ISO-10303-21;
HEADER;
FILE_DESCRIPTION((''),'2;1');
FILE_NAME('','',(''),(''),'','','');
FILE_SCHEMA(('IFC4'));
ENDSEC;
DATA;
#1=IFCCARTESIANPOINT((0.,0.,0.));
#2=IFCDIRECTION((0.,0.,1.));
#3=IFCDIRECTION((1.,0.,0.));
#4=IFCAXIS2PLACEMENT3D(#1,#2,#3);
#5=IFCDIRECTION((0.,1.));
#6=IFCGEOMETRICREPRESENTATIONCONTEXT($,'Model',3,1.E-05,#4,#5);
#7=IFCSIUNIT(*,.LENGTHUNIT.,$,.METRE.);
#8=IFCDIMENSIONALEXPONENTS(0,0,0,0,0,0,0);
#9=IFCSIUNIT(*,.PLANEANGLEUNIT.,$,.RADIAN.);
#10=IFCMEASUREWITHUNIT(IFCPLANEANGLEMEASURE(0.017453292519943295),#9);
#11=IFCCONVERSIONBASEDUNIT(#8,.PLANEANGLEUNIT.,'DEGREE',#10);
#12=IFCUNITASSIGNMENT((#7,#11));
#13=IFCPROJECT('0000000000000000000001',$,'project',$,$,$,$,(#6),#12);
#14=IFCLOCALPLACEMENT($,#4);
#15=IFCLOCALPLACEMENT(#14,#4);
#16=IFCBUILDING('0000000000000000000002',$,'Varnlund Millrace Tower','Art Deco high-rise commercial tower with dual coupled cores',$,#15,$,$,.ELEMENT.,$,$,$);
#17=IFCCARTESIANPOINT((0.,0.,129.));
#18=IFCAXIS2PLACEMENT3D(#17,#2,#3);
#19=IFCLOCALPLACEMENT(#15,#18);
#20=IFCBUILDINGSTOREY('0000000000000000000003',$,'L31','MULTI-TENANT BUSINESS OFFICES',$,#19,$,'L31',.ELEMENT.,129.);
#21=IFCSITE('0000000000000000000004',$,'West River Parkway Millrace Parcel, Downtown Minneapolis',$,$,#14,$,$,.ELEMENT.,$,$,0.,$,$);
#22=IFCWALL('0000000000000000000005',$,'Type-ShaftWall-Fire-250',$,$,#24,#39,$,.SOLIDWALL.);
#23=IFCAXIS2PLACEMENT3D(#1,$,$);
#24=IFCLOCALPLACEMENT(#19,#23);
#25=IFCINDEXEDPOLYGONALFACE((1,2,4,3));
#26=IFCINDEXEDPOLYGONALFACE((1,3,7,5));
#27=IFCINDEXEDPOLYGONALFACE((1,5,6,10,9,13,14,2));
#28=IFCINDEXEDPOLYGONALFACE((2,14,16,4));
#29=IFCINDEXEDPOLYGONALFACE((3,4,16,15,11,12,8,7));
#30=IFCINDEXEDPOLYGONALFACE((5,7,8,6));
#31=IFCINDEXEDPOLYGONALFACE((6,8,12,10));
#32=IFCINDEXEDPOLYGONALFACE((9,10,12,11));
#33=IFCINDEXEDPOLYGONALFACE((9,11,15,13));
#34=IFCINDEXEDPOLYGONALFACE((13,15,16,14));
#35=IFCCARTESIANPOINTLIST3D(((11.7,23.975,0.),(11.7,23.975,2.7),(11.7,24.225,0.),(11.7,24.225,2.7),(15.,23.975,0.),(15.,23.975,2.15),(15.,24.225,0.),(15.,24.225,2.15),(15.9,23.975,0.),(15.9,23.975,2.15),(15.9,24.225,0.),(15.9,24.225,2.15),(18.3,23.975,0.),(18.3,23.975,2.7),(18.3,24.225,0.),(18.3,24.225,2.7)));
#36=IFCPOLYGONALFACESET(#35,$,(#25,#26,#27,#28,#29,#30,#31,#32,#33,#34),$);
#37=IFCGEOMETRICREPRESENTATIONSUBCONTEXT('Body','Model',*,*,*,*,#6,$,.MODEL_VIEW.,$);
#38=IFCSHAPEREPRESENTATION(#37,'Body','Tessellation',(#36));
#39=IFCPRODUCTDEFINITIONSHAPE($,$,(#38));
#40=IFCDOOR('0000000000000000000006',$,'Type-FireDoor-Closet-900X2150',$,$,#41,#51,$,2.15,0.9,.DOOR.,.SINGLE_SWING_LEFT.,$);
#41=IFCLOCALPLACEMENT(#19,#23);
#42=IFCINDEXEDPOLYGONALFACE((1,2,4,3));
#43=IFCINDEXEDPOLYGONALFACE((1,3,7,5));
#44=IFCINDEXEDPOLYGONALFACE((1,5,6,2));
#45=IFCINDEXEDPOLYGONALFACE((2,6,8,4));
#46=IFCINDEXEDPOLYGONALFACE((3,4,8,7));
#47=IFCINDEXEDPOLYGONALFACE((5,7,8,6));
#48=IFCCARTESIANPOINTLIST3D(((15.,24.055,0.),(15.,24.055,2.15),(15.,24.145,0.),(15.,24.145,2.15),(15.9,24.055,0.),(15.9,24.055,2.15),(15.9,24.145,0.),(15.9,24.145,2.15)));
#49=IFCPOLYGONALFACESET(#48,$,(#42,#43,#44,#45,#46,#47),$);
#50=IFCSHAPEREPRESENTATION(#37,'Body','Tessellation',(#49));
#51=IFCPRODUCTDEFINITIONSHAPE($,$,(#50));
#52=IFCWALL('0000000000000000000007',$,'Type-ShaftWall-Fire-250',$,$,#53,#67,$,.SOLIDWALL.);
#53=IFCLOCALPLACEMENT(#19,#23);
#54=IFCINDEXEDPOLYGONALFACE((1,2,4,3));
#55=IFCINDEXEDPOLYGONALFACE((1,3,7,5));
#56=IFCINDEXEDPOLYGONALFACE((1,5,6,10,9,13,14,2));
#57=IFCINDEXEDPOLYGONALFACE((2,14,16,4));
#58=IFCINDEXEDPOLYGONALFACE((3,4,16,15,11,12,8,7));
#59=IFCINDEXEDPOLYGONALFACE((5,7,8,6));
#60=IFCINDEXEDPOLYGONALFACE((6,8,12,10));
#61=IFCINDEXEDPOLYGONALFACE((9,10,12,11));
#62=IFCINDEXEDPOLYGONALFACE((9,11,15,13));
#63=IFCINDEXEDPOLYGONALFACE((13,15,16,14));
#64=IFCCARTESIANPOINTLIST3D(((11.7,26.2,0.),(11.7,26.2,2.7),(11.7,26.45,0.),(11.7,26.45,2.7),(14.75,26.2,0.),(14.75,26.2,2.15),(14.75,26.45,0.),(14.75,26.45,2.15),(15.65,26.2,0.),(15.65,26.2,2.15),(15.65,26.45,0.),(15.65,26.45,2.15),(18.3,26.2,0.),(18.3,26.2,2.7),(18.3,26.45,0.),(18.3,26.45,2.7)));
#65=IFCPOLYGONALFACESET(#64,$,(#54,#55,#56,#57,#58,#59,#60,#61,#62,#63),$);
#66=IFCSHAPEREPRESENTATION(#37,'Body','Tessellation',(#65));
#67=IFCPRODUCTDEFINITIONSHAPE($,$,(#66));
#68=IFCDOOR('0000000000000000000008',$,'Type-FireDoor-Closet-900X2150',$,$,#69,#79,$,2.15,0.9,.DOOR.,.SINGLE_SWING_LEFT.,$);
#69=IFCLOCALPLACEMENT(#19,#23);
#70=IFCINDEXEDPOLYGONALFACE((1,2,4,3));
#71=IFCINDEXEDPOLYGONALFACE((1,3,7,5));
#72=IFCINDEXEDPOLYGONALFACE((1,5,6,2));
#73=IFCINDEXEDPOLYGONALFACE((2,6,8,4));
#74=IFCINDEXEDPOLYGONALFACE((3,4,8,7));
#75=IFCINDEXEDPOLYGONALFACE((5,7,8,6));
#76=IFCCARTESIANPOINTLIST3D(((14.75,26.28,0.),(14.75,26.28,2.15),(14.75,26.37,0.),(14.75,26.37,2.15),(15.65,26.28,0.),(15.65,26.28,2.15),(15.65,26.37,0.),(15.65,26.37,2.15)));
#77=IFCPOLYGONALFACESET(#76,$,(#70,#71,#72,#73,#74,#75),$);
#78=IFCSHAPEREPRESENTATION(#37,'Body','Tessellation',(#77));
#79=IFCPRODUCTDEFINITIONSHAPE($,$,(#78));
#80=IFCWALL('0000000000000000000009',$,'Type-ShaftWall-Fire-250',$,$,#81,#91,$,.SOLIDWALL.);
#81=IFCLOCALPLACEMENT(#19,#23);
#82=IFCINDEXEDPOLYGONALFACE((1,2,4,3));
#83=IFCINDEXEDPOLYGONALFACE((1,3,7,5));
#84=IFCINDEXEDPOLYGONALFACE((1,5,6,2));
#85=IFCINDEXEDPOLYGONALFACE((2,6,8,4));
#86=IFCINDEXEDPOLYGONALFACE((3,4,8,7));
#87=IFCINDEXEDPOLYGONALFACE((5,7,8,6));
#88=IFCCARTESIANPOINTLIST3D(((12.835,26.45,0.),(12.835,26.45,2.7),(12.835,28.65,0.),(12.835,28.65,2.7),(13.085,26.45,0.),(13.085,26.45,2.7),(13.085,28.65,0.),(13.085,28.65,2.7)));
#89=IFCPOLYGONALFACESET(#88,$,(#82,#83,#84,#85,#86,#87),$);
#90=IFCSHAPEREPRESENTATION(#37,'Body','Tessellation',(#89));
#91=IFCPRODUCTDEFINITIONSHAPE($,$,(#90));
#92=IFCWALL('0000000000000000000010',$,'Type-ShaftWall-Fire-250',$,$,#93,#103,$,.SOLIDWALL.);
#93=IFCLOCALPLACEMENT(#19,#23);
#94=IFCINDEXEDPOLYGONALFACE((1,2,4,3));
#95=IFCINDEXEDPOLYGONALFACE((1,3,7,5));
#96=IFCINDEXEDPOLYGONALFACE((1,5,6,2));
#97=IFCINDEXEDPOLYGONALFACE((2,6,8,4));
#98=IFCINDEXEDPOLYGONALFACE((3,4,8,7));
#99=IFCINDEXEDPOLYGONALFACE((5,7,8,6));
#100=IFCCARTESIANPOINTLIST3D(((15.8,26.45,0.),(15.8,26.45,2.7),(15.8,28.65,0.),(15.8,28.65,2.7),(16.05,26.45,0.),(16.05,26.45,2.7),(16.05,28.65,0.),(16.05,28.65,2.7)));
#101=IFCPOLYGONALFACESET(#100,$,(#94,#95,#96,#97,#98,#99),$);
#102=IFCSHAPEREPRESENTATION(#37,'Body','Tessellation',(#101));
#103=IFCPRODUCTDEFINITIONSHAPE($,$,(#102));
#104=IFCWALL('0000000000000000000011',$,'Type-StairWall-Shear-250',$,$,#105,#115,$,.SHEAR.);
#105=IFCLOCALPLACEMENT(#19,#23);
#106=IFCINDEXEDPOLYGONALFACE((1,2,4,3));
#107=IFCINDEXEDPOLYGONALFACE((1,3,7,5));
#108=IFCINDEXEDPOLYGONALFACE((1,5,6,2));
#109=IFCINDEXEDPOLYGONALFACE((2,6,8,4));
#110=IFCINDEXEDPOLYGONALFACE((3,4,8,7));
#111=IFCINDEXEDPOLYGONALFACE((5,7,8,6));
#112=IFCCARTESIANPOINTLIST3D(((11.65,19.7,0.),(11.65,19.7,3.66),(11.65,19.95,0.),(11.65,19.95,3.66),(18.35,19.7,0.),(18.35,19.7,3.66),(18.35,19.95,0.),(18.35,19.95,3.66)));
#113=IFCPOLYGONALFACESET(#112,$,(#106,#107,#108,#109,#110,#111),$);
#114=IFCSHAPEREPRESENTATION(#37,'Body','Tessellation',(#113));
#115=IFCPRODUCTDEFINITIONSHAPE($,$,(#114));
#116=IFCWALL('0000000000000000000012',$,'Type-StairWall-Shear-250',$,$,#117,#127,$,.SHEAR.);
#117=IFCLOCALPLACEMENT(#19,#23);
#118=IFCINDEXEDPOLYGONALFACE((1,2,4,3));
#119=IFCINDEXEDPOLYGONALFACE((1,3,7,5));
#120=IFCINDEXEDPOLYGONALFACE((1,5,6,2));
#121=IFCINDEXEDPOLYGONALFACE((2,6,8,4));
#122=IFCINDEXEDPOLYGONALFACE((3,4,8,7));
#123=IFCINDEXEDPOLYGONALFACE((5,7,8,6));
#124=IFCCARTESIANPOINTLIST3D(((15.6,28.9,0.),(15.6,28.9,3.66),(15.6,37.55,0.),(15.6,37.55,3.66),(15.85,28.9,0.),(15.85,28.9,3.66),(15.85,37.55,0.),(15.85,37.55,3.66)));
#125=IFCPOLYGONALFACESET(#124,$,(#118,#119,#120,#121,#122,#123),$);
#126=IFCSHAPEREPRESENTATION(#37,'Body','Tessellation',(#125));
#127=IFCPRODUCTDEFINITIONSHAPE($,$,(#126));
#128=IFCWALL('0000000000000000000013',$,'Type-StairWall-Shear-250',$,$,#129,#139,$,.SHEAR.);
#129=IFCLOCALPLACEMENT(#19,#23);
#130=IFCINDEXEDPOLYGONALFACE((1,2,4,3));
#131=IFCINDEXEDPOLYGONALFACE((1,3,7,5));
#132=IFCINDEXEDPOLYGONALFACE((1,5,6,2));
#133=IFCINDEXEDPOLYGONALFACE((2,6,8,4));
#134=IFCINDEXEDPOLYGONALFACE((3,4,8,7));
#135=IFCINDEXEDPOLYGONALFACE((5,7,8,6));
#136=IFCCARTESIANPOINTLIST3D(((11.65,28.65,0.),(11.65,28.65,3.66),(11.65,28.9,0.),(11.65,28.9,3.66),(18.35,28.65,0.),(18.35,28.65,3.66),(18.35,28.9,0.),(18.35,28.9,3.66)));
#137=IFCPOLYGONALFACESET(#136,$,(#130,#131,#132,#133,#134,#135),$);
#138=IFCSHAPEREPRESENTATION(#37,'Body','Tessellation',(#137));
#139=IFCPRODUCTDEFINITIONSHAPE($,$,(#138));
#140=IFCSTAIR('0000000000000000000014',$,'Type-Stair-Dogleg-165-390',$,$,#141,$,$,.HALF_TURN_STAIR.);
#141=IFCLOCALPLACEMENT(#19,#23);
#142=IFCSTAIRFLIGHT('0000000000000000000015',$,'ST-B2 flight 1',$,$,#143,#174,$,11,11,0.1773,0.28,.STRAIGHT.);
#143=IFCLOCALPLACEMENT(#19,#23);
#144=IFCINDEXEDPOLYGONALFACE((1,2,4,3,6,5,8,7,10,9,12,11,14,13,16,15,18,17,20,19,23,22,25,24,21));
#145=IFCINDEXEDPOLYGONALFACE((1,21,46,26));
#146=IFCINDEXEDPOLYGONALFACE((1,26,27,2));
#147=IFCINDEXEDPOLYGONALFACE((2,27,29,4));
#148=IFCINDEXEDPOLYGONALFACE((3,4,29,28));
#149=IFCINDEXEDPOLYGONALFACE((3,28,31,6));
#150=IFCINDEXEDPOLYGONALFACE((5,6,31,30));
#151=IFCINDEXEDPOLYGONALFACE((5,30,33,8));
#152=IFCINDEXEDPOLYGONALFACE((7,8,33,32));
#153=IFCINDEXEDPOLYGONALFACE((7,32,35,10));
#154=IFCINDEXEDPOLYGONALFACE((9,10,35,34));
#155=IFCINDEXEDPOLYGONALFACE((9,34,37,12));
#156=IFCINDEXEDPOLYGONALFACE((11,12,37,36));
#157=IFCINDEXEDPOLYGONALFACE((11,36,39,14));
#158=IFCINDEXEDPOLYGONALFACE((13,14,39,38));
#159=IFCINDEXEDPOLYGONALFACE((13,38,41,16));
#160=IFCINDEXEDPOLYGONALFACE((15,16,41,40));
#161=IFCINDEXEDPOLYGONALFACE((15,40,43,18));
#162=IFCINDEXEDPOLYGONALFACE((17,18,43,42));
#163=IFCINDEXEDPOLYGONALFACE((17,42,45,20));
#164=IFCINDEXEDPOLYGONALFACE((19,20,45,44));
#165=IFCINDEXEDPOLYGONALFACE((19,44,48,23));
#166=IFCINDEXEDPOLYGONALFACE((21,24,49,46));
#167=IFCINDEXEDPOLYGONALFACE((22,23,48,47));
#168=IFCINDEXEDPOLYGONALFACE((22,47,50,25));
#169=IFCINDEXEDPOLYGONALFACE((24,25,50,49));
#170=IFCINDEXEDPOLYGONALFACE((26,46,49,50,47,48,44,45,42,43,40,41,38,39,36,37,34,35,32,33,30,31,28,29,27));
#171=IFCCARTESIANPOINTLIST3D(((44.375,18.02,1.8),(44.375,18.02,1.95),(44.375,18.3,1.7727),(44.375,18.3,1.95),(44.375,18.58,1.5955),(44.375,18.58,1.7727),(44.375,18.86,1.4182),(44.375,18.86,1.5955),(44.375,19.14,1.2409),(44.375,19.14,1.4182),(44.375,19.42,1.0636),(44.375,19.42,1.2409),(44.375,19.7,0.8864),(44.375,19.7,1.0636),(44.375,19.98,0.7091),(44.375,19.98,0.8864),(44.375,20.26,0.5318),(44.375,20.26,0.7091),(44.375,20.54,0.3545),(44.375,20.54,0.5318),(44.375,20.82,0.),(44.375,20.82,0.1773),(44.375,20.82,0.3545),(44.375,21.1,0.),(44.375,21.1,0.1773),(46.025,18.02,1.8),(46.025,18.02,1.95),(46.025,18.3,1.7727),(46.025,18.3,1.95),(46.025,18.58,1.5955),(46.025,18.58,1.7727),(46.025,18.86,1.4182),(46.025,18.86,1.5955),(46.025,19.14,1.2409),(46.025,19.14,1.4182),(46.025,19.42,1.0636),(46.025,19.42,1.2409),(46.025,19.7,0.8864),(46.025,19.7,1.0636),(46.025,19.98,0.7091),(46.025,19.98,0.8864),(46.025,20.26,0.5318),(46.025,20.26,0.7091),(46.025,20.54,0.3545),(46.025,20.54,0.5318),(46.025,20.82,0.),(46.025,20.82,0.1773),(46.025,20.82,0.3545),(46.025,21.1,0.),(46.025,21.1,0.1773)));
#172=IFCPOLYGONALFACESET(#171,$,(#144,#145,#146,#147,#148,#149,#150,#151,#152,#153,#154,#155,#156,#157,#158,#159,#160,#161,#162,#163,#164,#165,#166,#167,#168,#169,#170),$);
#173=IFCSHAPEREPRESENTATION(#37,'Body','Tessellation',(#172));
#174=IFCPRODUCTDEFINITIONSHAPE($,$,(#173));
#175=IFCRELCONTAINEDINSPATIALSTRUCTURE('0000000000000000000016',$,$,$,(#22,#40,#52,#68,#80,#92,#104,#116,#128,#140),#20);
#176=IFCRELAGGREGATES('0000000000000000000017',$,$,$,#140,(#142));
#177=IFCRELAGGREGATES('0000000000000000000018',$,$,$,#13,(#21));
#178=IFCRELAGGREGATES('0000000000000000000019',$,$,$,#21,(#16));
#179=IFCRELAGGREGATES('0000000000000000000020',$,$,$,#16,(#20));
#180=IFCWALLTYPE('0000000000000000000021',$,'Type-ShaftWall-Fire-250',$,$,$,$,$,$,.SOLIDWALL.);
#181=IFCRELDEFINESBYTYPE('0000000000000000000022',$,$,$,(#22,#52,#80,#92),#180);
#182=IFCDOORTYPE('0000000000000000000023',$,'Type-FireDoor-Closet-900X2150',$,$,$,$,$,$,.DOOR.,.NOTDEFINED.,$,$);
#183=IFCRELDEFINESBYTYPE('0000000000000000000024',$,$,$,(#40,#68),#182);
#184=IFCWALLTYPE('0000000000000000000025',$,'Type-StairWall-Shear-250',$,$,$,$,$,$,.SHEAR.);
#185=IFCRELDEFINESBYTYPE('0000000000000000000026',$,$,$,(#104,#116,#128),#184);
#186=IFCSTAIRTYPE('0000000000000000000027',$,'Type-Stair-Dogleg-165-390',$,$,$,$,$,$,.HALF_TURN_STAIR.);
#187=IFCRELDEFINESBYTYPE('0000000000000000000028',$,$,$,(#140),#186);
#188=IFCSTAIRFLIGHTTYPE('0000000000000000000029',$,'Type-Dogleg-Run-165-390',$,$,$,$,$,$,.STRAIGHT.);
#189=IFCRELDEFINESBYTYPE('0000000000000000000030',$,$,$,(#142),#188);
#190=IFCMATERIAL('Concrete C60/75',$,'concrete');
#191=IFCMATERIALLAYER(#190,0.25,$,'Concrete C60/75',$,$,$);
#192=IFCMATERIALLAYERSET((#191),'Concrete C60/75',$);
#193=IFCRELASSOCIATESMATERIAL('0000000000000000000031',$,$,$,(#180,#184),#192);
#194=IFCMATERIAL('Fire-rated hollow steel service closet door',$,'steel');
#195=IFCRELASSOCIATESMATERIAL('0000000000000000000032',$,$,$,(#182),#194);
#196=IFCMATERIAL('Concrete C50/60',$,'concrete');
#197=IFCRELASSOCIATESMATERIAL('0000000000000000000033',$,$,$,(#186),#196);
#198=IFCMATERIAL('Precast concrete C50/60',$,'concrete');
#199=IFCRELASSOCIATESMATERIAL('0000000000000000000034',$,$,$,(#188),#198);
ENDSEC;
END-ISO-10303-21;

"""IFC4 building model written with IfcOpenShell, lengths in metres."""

from ifc_helpers import new_model, entity, si_unit, converted_unit, direction, frame, origin_with_axes, origin_2d_with_axis, place, context, subcontext, project, spatial, polyline, rectangle, outline, extrude, material, layer, layer_set, type_object, element, fill, aggregate, save


model = new_model("IFC4")

# Units and contexts
model_context = context("Model", 3, precision=1e-05, world=origin_with_axes(), true_north=direction((0.0, 1.0)))
body_context = subcontext(model_context, "Body", "Model", "MODEL_VIEW")
ifc_project = project(units=[si_unit("LENGTHUNIT", "METRE"), converted_unit("PLANEANGLEUNIT", "DEGREE", entity("IfcPlaneAngleMeasure", 0.017453292519943295), si_unit("PLANEANGLEUNIT", "RADIAN"), dimensions=[0, 0, 0, 0, 0, 0, 0])], contexts=[model_context])

# Site, building, storey
site_placement = place(None, origin_with_axes())
site = spatial("IfcSite", under=ifc_project, at=site_placement, Name="West River Parkway Millrace Parcel, Downtown Minneapolis", CompositionType="ELEMENT", RefElevation=0.0)
building_placement = place(site_placement, origin_with_axes())
building = spatial("IfcBuilding", under=site, at=building_placement, Name="Varnlund Millrace Tower", Description="Art Deco high-rise commercial tower with dual coupled cores", CompositionType="ELEMENT")
storey_placement = place(building_placement, frame((0.0, 0.0, 129.0), z_axis=(0.0, 0.0, 1.0), x_axis=(1.0, 0.0, 0.0)))
storey = spatial("IfcBuildingStorey", under=building, at=storey_placement, Name="L31", Description="MULTI-TENANT BUSINESS OFFICES", LongName="L31", CompositionType="ELEMENT", Elevation=129.0)

# Shared definitions
ifc_material_1 = material(Name="Concrete C60/75", Category="concrete")
ifc_layer_1 = layer(ifc_material_1, 0.25, Name="Concrete C60/75")
ifc_layer_set_1 = layer_set([ifc_layer_1], Name="Concrete C60/75")
wall_type_1 = type_object("IfcWallType", Name="Type-ShaftWall-Fire-250", PredefinedType="SOLIDWALL", material=ifc_layer_set_1)

# Walls, openings, doors
wall_1_placement = place(storey_placement, frame((11.7, 24.1, 0.0), z_axis=(0.0, 0.0, 1.0), x_axis=(1.0, 0.0, 0.0)))
wall_1 = element("IfcWall", 1, at=wall_1_placement, inside=storey, type_object=wall_type_1, Name="Type-ShaftWall-Fire-250", PredefinedType="SOLIDWALL", context=body_context, shape_type="SweptSolid", body=[
    extrude(outline(polyline([(0.0, -0.125), (6.6, -0.125), (6.6, 0.125), (0.0, 0.125), (0.0, -0.125)])), origin_with_axes(), (0.0, 0.0, 1.0), 2.7),
])
opening_1_placement = place(wall_1_placement, frame((3.75, 0.0, 0.0), z_axis=(0.0, 0.0, 1.0), x_axis=(1.0, 0.0, 0.0)))
opening_1 = element("IfcOpeningElement", 2, at=opening_1_placement, cuts=wall_1, PredefinedType="OPENING", context=body_context, shape_type="SweptSolid", body=[
    extrude(rectangle(XDim=0.9, YDim=0.27, at=origin_2d_with_axis()), origin_with_axes(), (0.0, 0.0, 1.0), 2.15),
])
ifc_material_2 = material(Name="Fire-rated hollow steel service closet door", Category="steel")
door_type_1 = type_object("IfcDoorType", Name="Type-FireDoor-Closet-900X2150", OperationType="NOTDEFINED", PredefinedType="DOOR", material=ifc_material_2)
door_1_placement = place(wall_1_placement, frame((3.75, 0.0, 0.0), z_axis=(0.0, 0.0, 1.0), x_axis=(1.0, 0.0, 0.0)))
door_1 = element("IfcDoor", 3, at=door_1_placement, inside=storey, type_object=door_type_1, Name="Type-FireDoor-Closet-900X2150", OperationType="SINGLE_SWING_LEFT", OverallHeight=2.15, OverallWidth=0.9, PredefinedType="DOOR", context=body_context, shape_type="SweptSolid", body=[
    extrude(rectangle(XDim=0.9, YDim=0.09, at=origin_2d_with_axis()), origin_with_axes(), (0.0, 0.0, 1.0), 2.15),
])
fill(opening_1, door_1)
wall_2_placement = place(storey_placement, frame((11.7, 26.325, 0.0), z_axis=(0.0, 0.0, 1.0), x_axis=(1.0, 0.0, 0.0)))
wall_2 = element("IfcWall", 4, at=wall_2_placement, inside=storey, type_object=wall_type_1, Name="Type-ShaftWall-Fire-250", PredefinedType="SOLIDWALL", context=body_context, shape_type="SweptSolid", body=[
    extrude(outline(polyline([(0.0, -0.125), (6.6, -0.125), (6.6, 0.125), (0.0, 0.125), (0.0, -0.125)])), origin_with_axes(), (0.0, 0.0, 1.0), 2.7),
])
opening_2_placement = place(wall_2_placement, frame((3.5, 0.0, 0.0), z_axis=(0.0, 0.0, 1.0), x_axis=(1.0, 0.0, 0.0)))
opening_2 = element("IfcOpeningElement", 5, at=opening_2_placement, cuts=wall_2, PredefinedType="OPENING", context=body_context, shape_type="SweptSolid", body=[
    extrude(rectangle(XDim=0.9, YDim=0.27, at=origin_2d_with_axis()), origin_with_axes(), (0.0, 0.0, 1.0), 2.15),
])
door_2_placement = place(wall_2_placement, frame((3.5, 0.0, 0.0), z_axis=(0.0, 0.0, 1.0), x_axis=(1.0, 0.0, 0.0)))
door_2 = element("IfcDoor", 6, at=door_2_placement, inside=storey, type_object=door_type_1, Name="Type-FireDoor-Closet-900X2150", OperationType="SINGLE_SWING_LEFT", OverallHeight=2.15, OverallWidth=0.9, PredefinedType="DOOR", context=body_context, shape_type="SweptSolid", body=[
    extrude(rectangle(XDim=0.9, YDim=0.09, at=origin_2d_with_axis()), origin_with_axes(), (0.0, 0.0, 1.0), 2.15),
])
fill(opening_2, door_2)

# Walls
for number, where, z_axis, x_axis, name in (
    (7, (12.96, 26.45, 0.0), (0.0, 0.0, 1.0), (0.0, 1.0, 0.0), "Type-ShaftWall-Fire-250"),
    (8, (15.925, 26.45, 0.0), (0.0, 0.0, 1.0), (0.0, 1.0, 0.0), "Type-ShaftWall-Fire-250"),
):
    element("IfcWall", number, at=place(storey_placement, frame(where, z_axis=z_axis, x_axis=x_axis)), inside=storey, type_object=wall_type_1, Name=name, PredefinedType="SOLIDWALL", context=body_context, shape_type="SweptSolid", body=[
        extrude(outline(polyline([(0.0, -0.125), (2.2, -0.125), (2.2, 0.125), (0.0, 0.125), (0.0, -0.125)])), origin_with_axes(), (0.0, 0.0, 1.0), 2.7),
    ])
wall_type_2 = type_object("IfcWallType", Name="Type-StairWall-Shear-250", PredefinedType="SHEAR", material=ifc_layer_set_1)
wall_3_placement = place(storey_placement, frame((11.65, 19.825, 0.0), z_axis=(0.0, 0.0, 1.0), x_axis=(1.0, 0.0, 0.0)))
element("IfcWall", 9, at=wall_3_placement, inside=storey, type_object=wall_type_2, Name="Type-StairWall-Shear-250", PredefinedType="SHEAR", context=body_context, shape_type="SweptSolid", body=[
    extrude(outline(polyline([(0.0, -0.125), (6.7, -0.125), (6.7, 0.125), (0.0, 0.125), (0.0, -0.125)])), origin_with_axes(), (0.0, 0.0, 1.0), 3.66),
])
wall_4_placement = place(storey_placement, frame((15.725, 28.9, 0.0), z_axis=(0.0, 0.0, 1.0), x_axis=(0.0, 1.0, 0.0)))
element("IfcWall", 10, at=wall_4_placement, inside=storey, type_object=wall_type_2, Name="Type-StairWall-Shear-250", PredefinedType="SHEAR", context=body_context, shape_type="SweptSolid", body=[
    extrude(outline(polyline([(0.0, -0.125), (8.65, -0.125), (8.65, 0.125), (0.0, 0.125), (0.0, -0.125)])), origin_with_axes(), (0.0, 0.0, 1.0), 3.66),
])
wall_5_placement = place(storey_placement, frame((11.65, 28.775, 0.0), z_axis=(0.0, 0.0, 1.0), x_axis=(1.0, 0.0, 0.0)))
element("IfcWall", 11, at=wall_5_placement, inside=storey, type_object=wall_type_2, Name="Type-StairWall-Shear-250", PredefinedType="SHEAR", context=body_context, shape_type="SweptSolid", body=[
    extrude(outline(polyline([(0.0, -0.125), (6.7, -0.125), (6.7, 0.125), (0.0, 0.125), (0.0, -0.125)])), origin_with_axes(), (0.0, 0.0, 1.0), 3.66),
])

# Stair, stair flight
ifc_material_3 = material(Name="Concrete C50/60", Category="concrete")
stair_type_1 = type_object("IfcStairType", Name="Type-Stair-Dogleg-165-390", PredefinedType="HALF_TURN_STAIR", material=ifc_material_3)
stair_1_placement = place(storey_placement, origin_with_axes())
stair_1 = element("IfcStair", 12, at=stair_1_placement, inside=storey, type_object=stair_type_1, Name="Type-Stair-Dogleg-165-390", PredefinedType="HALF_TURN_STAIR")
ifc_material_4 = material(Name="Precast concrete C50/60", Category="concrete")
stair_flight_type_1 = type_object("IfcStairFlightType", Name="Type-Dogleg-Run-165-390", PredefinedType="STRAIGHT", material=ifc_material_4)
stair_flight_1_placement = place(storey_placement, frame((46.025, 21.1, 0.0), z_axis=(-1.0, 0.0, 0.0), x_axis=(0.0, -1.0, 0.0)))
stair_flight_1 = element("IfcStairFlight", 13, at=stair_flight_1_placement, type_object=stair_flight_type_1, Name="ST-B2 flight 1", NumberOfRisers=11, NumberOfTreads=11, PredefinedType="STRAIGHT", RiserHeight=0.1773, TreadLength=0.28, context=body_context, shape_type="SweptSolid", body=[
    extrude(outline(polyline([(0.0, 0.0), (0.0, 0.1773), (0.28, 0.1773), (0.28, 0.3545), (0.56, 0.3545), (0.56, 0.5318), (0.84, 0.5318), (0.84, 0.7091), (1.12, 0.7091), (1.12, 0.8864), (1.4, 0.8864), (1.4, 1.0636), (1.68, 1.0636), (1.68, 1.2409), (1.96, 1.2409), (1.96, 1.4182), (2.24, 1.4182), (2.24, 1.5955), (2.52, 1.5955), (2.52, 1.7727), (2.8, 1.7727), (2.8, 1.95), (3.08, 1.95), (3.08, 1.8), (0.28, 0.0), (0.0, 0.0)])), origin_with_axes(), (0.0, 0.0, 1.0), 1.65),
])
aggregate(stair_1, [stair_flight_1])

save(model, "model.ifc")
